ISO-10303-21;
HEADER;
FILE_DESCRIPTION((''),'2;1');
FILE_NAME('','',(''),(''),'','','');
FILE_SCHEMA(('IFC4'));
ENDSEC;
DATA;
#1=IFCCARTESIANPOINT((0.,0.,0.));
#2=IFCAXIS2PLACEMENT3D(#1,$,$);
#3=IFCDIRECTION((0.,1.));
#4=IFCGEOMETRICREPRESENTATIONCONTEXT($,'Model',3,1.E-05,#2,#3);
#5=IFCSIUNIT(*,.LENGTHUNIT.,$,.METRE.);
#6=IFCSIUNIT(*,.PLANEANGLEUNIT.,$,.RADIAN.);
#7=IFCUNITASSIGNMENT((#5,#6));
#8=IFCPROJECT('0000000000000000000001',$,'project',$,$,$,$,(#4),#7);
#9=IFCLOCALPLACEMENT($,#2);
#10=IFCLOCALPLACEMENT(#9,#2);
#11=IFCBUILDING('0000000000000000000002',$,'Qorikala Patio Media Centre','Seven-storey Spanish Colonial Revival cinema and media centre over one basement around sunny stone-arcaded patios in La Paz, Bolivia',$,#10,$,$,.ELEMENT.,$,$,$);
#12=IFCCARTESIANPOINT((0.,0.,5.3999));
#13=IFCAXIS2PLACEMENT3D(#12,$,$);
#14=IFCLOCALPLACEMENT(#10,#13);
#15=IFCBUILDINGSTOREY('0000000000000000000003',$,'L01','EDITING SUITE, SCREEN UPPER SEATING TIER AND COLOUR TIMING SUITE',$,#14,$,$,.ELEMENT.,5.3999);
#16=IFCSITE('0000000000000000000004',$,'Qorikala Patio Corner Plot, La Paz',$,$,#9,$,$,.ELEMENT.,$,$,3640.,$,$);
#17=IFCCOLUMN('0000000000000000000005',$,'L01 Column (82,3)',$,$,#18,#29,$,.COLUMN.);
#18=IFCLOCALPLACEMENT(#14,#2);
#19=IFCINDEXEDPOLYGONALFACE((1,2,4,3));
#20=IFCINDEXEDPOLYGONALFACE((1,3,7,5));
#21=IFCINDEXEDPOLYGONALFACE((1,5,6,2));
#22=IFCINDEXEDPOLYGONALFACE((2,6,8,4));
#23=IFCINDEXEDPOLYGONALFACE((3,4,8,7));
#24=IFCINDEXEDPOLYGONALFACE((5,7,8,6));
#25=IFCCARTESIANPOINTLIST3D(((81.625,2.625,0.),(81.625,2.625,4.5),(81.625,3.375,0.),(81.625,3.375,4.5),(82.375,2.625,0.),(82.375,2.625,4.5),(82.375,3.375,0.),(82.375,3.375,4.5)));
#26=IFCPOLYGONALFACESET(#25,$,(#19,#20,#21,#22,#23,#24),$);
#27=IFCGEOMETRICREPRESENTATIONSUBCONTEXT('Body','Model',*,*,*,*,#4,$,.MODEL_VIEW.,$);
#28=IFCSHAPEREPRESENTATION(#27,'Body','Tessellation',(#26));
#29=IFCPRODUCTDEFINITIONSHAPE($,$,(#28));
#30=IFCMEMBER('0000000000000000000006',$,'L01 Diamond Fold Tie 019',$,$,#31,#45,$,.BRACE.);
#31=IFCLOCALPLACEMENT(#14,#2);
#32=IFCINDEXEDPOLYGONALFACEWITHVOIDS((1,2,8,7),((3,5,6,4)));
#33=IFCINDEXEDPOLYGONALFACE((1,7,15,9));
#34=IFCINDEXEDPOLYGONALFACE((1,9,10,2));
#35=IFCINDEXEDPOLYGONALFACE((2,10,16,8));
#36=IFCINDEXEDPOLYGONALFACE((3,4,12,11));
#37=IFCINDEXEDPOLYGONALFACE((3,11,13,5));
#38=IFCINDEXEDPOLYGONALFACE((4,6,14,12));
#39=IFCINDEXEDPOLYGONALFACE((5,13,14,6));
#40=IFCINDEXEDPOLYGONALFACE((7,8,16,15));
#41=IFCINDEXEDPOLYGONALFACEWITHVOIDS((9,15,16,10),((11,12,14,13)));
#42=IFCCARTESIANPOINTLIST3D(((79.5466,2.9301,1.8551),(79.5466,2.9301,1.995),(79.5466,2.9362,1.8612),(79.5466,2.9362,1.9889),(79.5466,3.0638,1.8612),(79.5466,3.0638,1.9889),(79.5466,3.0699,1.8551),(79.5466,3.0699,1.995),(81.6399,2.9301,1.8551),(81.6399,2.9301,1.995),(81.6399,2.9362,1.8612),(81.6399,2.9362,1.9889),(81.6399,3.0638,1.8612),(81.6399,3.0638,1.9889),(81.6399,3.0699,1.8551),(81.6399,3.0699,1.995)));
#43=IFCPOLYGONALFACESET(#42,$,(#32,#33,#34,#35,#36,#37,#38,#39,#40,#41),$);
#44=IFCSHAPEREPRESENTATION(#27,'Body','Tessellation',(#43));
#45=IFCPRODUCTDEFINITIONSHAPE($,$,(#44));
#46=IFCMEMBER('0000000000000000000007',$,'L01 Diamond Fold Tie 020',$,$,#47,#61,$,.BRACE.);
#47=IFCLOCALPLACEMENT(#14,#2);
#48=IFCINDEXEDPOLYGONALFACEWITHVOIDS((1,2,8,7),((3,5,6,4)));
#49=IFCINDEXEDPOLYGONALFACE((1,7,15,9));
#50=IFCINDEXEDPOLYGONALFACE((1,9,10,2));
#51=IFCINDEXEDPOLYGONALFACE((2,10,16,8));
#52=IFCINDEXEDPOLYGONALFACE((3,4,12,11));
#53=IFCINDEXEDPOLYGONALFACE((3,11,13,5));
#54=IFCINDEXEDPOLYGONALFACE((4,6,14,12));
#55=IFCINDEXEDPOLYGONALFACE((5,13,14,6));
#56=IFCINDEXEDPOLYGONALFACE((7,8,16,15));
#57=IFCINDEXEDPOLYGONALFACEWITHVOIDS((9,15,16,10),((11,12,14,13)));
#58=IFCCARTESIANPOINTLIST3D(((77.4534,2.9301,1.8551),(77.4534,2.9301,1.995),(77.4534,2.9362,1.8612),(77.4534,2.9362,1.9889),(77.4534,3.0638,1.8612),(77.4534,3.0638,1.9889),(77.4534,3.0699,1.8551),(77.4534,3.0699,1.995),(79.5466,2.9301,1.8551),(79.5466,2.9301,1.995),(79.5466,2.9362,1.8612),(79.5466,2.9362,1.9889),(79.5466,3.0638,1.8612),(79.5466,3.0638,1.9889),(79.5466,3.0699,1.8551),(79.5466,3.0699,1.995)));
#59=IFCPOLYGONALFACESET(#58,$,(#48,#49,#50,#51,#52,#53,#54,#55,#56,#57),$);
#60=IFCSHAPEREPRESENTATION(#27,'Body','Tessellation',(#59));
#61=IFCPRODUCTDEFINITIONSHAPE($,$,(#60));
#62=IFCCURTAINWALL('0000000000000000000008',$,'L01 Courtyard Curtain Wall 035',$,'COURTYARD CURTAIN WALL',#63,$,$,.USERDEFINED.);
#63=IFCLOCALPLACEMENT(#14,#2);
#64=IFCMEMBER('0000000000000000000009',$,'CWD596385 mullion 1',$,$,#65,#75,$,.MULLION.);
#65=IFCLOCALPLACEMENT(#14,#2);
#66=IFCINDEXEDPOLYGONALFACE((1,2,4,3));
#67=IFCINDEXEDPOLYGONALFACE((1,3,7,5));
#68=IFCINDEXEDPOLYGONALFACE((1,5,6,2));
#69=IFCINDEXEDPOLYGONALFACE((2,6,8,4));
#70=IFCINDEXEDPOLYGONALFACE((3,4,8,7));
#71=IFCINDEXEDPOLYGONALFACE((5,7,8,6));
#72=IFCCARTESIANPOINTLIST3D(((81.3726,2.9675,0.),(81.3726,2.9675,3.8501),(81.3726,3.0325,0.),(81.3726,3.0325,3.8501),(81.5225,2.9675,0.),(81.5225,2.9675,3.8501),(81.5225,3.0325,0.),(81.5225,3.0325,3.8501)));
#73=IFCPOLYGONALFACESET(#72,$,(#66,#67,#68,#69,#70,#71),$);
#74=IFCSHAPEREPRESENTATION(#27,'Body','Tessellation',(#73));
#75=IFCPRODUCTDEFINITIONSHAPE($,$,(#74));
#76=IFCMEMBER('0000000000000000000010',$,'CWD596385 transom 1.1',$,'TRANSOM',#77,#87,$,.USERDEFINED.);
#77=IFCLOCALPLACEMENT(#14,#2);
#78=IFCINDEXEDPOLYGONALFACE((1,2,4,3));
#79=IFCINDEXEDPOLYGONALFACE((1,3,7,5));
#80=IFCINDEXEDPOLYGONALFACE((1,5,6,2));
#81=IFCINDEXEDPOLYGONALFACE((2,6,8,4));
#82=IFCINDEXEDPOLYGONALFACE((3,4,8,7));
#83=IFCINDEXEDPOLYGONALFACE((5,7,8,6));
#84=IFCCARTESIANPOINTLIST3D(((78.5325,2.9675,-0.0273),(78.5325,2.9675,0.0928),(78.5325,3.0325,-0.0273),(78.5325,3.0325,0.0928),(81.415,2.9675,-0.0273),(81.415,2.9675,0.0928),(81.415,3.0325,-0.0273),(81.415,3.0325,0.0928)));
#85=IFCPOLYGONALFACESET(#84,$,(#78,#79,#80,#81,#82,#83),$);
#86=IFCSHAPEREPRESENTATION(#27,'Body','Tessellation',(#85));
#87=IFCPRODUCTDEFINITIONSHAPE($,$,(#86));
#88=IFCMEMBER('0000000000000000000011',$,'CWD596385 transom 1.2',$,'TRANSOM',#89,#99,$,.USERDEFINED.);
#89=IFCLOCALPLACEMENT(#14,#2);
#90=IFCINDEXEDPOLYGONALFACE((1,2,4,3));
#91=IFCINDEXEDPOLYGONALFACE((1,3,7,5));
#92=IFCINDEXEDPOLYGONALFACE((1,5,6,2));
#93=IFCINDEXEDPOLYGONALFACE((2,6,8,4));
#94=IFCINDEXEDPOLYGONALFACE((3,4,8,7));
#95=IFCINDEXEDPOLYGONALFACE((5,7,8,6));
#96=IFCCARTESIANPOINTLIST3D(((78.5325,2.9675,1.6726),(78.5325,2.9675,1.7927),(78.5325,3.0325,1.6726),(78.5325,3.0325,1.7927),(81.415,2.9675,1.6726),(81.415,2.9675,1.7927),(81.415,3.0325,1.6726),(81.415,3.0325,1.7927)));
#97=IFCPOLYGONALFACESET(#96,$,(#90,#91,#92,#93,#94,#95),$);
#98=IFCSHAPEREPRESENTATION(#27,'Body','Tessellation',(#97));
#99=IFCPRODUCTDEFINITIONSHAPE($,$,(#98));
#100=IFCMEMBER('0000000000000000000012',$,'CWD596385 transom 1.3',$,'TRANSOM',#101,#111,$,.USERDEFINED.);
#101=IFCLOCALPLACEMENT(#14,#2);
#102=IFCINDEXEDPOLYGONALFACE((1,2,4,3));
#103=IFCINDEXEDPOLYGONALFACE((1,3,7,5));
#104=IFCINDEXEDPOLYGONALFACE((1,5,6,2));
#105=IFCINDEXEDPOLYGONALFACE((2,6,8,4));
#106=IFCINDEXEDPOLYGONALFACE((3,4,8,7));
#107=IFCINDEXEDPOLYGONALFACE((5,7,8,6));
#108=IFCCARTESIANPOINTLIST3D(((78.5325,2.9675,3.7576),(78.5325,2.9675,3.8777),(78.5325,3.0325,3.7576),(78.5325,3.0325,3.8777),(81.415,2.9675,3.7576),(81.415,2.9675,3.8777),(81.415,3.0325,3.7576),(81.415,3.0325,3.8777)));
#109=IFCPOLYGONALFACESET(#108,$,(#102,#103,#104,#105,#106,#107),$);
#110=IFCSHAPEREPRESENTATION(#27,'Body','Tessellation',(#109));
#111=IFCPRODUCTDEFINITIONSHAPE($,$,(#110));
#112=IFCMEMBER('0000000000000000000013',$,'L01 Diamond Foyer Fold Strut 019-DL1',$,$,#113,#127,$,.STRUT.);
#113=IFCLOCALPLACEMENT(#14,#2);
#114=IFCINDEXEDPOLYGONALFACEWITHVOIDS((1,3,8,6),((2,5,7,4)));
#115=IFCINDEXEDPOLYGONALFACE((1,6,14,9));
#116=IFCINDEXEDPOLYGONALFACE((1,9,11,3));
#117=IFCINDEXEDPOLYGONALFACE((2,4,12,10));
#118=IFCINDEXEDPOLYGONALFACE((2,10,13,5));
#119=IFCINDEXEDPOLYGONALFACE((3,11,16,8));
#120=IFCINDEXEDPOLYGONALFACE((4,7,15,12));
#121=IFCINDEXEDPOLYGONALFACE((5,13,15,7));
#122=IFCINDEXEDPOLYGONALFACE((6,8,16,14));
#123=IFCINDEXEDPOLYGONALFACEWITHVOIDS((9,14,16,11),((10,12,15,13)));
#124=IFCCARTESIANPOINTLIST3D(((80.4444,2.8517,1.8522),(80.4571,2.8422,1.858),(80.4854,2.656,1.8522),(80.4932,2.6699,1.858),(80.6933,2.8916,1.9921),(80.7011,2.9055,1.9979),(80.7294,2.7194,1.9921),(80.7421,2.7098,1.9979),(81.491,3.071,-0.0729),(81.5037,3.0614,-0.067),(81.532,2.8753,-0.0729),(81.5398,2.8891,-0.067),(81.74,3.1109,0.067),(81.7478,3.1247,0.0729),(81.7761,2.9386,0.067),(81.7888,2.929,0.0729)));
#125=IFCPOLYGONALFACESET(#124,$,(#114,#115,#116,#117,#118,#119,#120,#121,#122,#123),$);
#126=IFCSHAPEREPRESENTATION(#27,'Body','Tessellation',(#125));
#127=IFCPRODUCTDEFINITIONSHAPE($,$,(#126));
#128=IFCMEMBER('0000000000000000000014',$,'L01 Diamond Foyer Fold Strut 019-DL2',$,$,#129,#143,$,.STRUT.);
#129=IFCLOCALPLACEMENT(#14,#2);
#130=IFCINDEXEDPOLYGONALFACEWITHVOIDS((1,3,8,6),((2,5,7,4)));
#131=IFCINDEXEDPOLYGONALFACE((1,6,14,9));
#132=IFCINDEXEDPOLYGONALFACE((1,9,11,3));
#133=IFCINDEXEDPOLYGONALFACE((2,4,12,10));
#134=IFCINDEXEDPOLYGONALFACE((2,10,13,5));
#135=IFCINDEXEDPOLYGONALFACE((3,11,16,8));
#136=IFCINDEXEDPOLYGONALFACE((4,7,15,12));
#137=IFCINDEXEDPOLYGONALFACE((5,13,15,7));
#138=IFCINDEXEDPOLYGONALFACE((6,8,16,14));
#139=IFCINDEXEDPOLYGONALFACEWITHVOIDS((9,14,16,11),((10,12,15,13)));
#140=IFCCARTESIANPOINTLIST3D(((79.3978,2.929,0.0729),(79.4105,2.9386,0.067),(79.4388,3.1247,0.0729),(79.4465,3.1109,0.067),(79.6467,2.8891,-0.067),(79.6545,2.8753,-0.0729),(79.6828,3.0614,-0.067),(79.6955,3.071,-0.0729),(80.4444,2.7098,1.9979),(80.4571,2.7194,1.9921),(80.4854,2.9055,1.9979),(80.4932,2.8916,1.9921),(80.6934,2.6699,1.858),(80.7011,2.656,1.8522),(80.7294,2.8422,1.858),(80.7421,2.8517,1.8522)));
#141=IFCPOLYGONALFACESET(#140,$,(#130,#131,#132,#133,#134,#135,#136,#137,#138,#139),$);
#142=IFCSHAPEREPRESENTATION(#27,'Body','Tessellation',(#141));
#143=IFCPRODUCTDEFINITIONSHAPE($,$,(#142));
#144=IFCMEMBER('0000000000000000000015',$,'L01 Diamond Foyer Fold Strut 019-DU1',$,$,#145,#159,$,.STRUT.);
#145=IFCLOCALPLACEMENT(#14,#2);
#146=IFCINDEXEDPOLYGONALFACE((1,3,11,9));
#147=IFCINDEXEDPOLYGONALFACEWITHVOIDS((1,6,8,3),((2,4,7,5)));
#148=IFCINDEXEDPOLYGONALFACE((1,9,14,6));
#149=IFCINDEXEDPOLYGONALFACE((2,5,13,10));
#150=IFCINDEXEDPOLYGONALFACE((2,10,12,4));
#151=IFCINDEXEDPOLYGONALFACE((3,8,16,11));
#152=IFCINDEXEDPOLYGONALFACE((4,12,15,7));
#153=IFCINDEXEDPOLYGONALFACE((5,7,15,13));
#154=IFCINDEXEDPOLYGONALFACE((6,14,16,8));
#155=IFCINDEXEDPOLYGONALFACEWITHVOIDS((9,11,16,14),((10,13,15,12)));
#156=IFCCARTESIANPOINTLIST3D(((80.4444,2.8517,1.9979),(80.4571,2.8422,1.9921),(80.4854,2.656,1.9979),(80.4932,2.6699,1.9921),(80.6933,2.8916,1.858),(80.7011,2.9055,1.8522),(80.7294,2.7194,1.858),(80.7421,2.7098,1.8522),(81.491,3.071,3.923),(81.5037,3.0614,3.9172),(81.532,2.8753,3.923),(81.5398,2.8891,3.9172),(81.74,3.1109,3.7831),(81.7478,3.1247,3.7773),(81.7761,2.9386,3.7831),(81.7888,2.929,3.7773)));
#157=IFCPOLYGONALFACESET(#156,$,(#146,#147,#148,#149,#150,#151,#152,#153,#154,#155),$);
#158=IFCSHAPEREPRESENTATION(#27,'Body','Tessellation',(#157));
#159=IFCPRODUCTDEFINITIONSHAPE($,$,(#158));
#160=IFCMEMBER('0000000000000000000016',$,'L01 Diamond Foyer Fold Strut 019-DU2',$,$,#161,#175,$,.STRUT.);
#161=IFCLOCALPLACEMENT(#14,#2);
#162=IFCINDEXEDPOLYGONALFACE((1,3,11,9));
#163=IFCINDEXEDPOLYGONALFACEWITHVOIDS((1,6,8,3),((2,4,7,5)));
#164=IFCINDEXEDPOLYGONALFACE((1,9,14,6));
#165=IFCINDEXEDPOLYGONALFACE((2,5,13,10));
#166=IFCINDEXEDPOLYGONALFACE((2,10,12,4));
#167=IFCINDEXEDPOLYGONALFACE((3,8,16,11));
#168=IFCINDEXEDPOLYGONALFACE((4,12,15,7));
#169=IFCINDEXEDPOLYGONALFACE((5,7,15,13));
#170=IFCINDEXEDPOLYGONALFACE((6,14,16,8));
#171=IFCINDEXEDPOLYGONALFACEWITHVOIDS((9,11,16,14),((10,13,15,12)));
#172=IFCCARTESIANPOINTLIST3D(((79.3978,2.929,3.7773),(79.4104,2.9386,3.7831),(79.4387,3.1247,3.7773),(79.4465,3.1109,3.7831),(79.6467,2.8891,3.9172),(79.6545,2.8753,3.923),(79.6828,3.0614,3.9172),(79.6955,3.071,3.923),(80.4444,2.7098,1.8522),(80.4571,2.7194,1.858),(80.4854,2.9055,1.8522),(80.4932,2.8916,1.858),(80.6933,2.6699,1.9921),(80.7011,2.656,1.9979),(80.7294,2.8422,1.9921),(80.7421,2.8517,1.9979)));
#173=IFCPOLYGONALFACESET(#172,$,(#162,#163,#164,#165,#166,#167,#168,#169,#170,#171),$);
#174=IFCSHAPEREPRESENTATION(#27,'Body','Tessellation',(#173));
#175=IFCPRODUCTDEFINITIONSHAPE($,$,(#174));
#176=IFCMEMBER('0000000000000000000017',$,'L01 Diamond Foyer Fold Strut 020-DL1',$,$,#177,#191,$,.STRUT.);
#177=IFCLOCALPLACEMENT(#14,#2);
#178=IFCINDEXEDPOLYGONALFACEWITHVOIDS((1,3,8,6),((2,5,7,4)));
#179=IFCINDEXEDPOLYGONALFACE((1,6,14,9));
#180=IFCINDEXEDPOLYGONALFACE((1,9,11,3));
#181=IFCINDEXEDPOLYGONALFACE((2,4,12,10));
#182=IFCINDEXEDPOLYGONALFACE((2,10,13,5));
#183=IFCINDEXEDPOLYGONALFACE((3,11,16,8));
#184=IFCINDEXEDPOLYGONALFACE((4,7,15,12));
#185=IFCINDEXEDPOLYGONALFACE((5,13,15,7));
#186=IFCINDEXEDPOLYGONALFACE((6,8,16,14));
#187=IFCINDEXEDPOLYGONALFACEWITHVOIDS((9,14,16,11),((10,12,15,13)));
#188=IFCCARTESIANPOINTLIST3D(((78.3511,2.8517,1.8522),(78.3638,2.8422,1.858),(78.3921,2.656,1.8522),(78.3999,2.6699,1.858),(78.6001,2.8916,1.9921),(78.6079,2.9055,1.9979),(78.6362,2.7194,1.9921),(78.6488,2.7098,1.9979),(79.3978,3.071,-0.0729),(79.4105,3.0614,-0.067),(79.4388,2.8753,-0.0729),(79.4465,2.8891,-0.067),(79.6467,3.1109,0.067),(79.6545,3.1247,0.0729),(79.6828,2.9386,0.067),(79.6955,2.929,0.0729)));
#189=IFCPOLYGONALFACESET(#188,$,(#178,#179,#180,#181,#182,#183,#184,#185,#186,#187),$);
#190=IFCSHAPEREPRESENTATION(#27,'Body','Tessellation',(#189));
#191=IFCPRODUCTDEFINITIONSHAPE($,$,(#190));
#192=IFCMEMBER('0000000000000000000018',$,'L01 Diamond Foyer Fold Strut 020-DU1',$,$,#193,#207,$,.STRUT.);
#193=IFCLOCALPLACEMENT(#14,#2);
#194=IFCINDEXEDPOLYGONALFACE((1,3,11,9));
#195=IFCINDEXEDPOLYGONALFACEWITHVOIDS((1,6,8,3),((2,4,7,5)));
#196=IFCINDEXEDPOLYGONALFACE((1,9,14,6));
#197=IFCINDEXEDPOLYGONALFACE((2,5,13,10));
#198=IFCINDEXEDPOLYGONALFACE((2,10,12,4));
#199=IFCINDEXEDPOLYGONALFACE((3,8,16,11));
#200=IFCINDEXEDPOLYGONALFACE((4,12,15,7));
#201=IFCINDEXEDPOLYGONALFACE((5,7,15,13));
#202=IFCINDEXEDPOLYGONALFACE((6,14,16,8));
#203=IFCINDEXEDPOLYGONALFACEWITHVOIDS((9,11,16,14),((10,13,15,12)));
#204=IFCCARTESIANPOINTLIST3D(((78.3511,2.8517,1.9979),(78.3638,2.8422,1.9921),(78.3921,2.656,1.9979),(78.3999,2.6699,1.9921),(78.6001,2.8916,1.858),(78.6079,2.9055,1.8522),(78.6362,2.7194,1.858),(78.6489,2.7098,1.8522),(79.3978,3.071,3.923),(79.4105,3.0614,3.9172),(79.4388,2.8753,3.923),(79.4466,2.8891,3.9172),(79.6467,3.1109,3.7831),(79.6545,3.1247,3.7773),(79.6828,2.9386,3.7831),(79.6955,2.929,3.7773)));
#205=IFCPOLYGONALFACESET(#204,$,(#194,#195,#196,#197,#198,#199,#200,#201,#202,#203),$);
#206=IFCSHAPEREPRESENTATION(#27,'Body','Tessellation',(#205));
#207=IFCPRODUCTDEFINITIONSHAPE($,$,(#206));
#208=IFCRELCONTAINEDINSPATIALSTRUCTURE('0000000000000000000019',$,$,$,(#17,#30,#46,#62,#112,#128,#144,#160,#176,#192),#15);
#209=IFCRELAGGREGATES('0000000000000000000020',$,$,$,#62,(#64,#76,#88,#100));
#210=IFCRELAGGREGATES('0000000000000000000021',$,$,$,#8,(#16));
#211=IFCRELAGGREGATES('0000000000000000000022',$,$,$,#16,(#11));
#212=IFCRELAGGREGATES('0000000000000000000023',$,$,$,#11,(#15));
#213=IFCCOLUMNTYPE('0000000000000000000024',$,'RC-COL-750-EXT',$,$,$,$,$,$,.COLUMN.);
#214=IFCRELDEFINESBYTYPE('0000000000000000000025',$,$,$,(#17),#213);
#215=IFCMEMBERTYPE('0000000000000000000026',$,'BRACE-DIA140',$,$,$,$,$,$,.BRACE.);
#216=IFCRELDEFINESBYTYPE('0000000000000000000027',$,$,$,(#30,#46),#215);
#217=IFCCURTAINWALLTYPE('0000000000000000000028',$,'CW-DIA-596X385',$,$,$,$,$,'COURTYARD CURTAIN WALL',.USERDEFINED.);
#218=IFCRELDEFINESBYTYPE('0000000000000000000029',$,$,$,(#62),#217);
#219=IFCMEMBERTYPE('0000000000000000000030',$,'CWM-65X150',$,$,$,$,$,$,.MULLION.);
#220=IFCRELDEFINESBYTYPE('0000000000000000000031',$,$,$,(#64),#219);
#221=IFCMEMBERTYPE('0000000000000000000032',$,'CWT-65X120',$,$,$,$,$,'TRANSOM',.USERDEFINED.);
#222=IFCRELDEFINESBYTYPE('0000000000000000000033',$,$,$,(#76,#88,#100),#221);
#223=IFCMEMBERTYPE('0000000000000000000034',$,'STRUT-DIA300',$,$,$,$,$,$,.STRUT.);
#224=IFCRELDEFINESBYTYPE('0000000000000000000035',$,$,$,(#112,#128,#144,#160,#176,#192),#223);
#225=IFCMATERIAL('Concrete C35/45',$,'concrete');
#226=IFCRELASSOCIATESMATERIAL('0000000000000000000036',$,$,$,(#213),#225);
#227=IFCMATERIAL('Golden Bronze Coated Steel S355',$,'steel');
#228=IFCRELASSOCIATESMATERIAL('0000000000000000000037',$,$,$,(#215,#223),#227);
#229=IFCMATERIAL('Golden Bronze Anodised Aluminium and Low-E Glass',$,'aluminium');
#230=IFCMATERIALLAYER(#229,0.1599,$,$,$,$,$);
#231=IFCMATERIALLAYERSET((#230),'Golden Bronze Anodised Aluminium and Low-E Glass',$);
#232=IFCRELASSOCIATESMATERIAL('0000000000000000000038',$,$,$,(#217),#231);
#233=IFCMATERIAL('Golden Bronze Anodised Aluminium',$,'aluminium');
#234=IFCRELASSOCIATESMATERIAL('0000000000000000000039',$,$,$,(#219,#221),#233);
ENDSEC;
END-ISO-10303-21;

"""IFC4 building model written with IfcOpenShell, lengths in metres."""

from ifc_helpers import new_model, si_unit, direction, frame, origin, origin_2d, place, context, subcontext, project, spatial, rectangle, hollow_rectangle, extrude, material, layer, layer_set, material_profile, profile_set, type_object, element, aggregate, save


model = new_model("IFC4")

# Units and contexts
model_context = context("Model", 3, precision=1e-05, world=origin(), true_north=direction((0.0, 1.0)))
body_context = subcontext(model_context, "Body", "Model", "MODEL_VIEW")
ifc_project = project(units=[si_unit("LENGTHUNIT", "METRE"), si_unit("PLANEANGLEUNIT", "RADIAN")], contexts=[model_context])

# Site, building, storey
site_placement = place(None, origin())
site = spatial("IfcSite", under=ifc_project, at=site_placement, Name="Qorikala Patio Corner Plot, La Paz", CompositionType="ELEMENT", RefElevation=3640.0)
building_placement = place(site_placement, origin())
building = spatial("IfcBuilding", under=site, at=building_placement, Name="Qorikala Patio Media Centre", Description="Seven-storey Spanish Colonial Revival cinema and media centre over one basement around sunny stone-arcaded patios in La Paz, Bolivia", CompositionType="ELEMENT")
storey_placement = place(building_placement, frame((0.0, 0.0, 5.3999)))
storey = spatial("IfcBuildingStorey", under=building, at=storey_placement, Name="L01", Description="EDITING SUITE, SCREEN UPPER SEATING TIER AND COLOUR TIMING SUITE", CompositionType="ELEMENT", Elevation=5.3999)

# Column
ifc_material_1 = material(Name="Concrete C35/45", Category="concrete")
ifc_material_profile_1 = material_profile(ifc_material_1, rectangle(XDim=0.75, YDim=0.75, at=origin_2d()), Name="RC 750x750")
ifc_profile_set_1 = profile_set([ifc_material_profile_1], Name="Concrete C35/45")
column_type = type_object("IfcColumnType", Name="RC-COL-750-EXT", PredefinedType="COLUMN", material=ifc_profile_set_1)
column_placement = place(storey_placement, frame((82.0, 3.0, 0.0), z_axis=(0.0, 0.0, 1.0), x_axis=(1.0, 0.0, 0.0)))
element("IfcColumn", 1, at=column_placement, inside=storey, type_object=column_type, Name="L01 Column (82,3)", PredefinedType="COLUMN", context=body_context, shape_type="SweptSolid", body=[
    extrude(rectangle(XDim=0.75, YDim=0.75, at=origin_2d()), origin(), (0.0, 0.0, 1.0), 4.5),
])

# Members
ifc_material_2 = material(Name="Golden Bronze Coated Steel S355", Category="steel")
ifc_material_profile_2 = material_profile(ifc_material_2, hollow_rectangle(XDim=0.1399, YDim=0.1399, WallThickness=0.0061, at=origin_2d()), Name="HSS140X140X6")
ifc_profile_set_2 = profile_set([ifc_material_profile_2], Name="Golden Bronze Coated Steel S355")
member_type_1 = type_object("IfcMemberType", Name="BRACE-DIA140", PredefinedType="BRACE", material=ifc_profile_set_2)
for number, where, z_axis, x_axis, name in (
    (2, (81.6399, 3.0, 1.925), (-1.0, 0.0, 0.0), (0.0, -1.0, 0.0), "L01 Diamond Fold Tie 019"),
    (3, (79.5466, 3.0, 1.925), (-1.0, 0.0, 0.0), (0.0, -1.0, 0.0), "L01 Diamond Fold Tie 020"),
):
    element("IfcMember", number, at=place(storey_placement, frame(where, z_axis=z_axis, x_axis=x_axis)), inside=storey, type_object=member_type_1, Name=name, PredefinedType="BRACE", context=body_context, shape_type="SweptSolid", body=[
        extrude(hollow_rectangle(XDim=0.1399, YDim=0.1399, WallThickness=0.0061, at=origin_2d()), origin(), (0.0, 0.0, 1.0), 2.0933),
    ])

# Curtain wall, members
ifc_material_3 = material(Name="Golden Bronze Anodised Aluminium and Low-E Glass", Category="aluminium")
ifc_layer_1 = layer(ifc_material_3, 0.1599)
ifc_layer_set_1 = layer_set([ifc_layer_1], Name="Golden Bronze Anodised Aluminium and Low-E Glass")
curtain_wall_type = type_object("IfcCurtainWallType", Name="CW-DIA-596X385", ElementType="COURTYARD CURTAIN WALL", PredefinedType="USERDEFINED", material=ifc_layer_set_1)
curtain_wall_placement = place(storey_placement, origin())
curtain_wall = element("IfcCurtainWall", 4, at=curtain_wall_placement, inside=storey, type_object=curtain_wall_type, Name="L01 Courtyard Curtain Wall 035", ObjectType="COURTYARD CURTAIN WALL", PredefinedType="USERDEFINED")
ifc_material_4 = material(Name="Golden Bronze Anodised Aluminium", Category="aluminium")
ifc_material_profile_3 = material_profile(ifc_material_4, rectangle(XDim=0.0649, YDim=0.1499, at=origin_2d()), Name="ALU MULLION 65x150")
ifc_profile_set_3 = profile_set([ifc_material_profile_3], Name="Golden Bronze Anodised Aluminium")
member_type_2 = type_object("IfcMemberType", Name="CWM-65X150", PredefinedType="MULLION", material=ifc_profile_set_3)
member_1_placement = place(storey_placement, frame((81.4475, 3.0, 0.0), z_axis=(0.0, 0.0, 1.0), x_axis=(0.0, -1.0, 0.0)))
member_1 = element("IfcMember", 5, at=member_1_placement, type_object=member_type_2, Name="CWD596385 mullion 1", PredefinedType="MULLION", context=body_context, shape_type="SweptSolid", body=[
    extrude(rectangle(XDim=0.0649, YDim=0.1499, at=origin_2d()), origin(), (0.0, 0.0, 1.0), 3.8501),
])
ifc_material_profile_4 = material_profile(ifc_material_4, rectangle(XDim=0.0649, YDim=0.1201, at=origin_2d()), Name="ALU TRANSOM 65x120")
ifc_profile_set_4 = profile_set([ifc_material_profile_4], Name="Golden Bronze Anodised Aluminium")
member_type_3 = type_object("IfcMemberType", Name="CWT-65X120", ElementType="TRANSOM", PredefinedType="USERDEFINED", material=ifc_profile_set_4)
member_2_placement = place(storey_placement, frame((81.415, 3.0, 0.0327), z_axis=(-1.0, 0.0, 0.0), x_axis=(0.0, -1.0, 0.0)))
member_2 = element("IfcMember", 6, at=member_2_placement, type_object=member_type_3, Name="CWD596385 transom 1.1", ObjectType="TRANSOM", PredefinedType="USERDEFINED", context=body_context, shape_type="SweptSolid", body=[
    extrude(rectangle(XDim=0.0649, YDim=0.1201, at=origin_2d()), origin(), (0.0, 0.0, 1.0), 2.8826),
])
member_3_placement = place(storey_placement, frame((81.415, 3.0, 1.7327), z_axis=(-1.0, 0.0, 0.0), x_axis=(0.0, -1.0, 0.0)))
member_3 = element("IfcMember", 7, at=member_3_placement, type_object=member_type_3, Name="CWD596385 transom 1.2", ObjectType="TRANSOM", PredefinedType="USERDEFINED", context=body_context, shape_type="SweptSolid", body=[
    extrude(rectangle(XDim=0.0649, YDim=0.1201, at=origin_2d()), origin(), (0.0, 0.0, 1.0), 2.8826),
])
member_4_placement = place(storey_placement, frame((81.415, 3.0, 3.8176), z_axis=(-1.0, 0.0, 0.0), x_axis=(0.0, -1.0, 0.0)))
member_4 = element("IfcMember", 8, at=member_4_placement, type_object=member_type_3, Name="CWD596385 transom 1.3", ObjectType="TRANSOM", PredefinedType="USERDEFINED", context=body_context, shape_type="SweptSolid", body=[
    extrude(rectangle(XDim=0.0649, YDim=0.1201, at=origin_2d()), origin(), (0.0, 0.0, 1.0), 2.8826),
])

# Members
ifc_material_profile_5 = material_profile(ifc_material_2, hollow_rectangle(XDim=0.2, YDim=0.3, WallThickness=0.012, at=origin_2d()), Name="HSS300X200X12")
ifc_profile_set_5 = profile_set([ifc_material_profile_5], Name="Golden Bronze Coated Steel S355")
member_type_4 = type_object("IfcMemberType", Name="STRUT-DIA300", PredefinedType="STRUT", material=ifc_profile_set_5)
for number, where, z_axis, x_axis, name in (
    (9, (81.6399, 3.0, 0.0), (-0.475284, -0.099558, 0.874181), (0.205021, -0.978758, 0.0), "L01 Diamond Foyer Fold Strut 019-DL1"),
    (10, (79.5466, 3.0, 0.0), (0.475284, -0.099558, 0.874181), (0.205021, 0.978758, 0.0), "L01 Diamond Foyer Fold Strut 019-DL2"),
    (11, (80.5933, 2.7808, 1.925), (0.475284, 0.099558, 0.874181), (-0.205021, 0.978758, 0.0), "L01 Diamond Foyer Fold Strut 019-DU1"),
    (12, (80.5933, 2.7808, 1.925), (-0.475284, 0.099558, 0.874181), (-0.205021, -0.978758, 0.0), "L01 Diamond Foyer Fold Strut 019-DU2"),
    (13, (79.5466, 3.0, 0.0), (-0.475284, -0.099558, 0.874181), (0.205021, -0.978758, 0.0), "L01 Diamond Foyer Fold Strut 020-DL1"),
    (14, (78.5, 2.7808, 1.925), (0.475284, 0.099558, 0.874181), (-0.205021, 0.978758, 0.0), "L01 Diamond Foyer Fold Strut 020-DU1"),
):
    element("IfcMember", number, at=place(storey_placement, frame(where, z_axis=z_axis, x_axis=x_axis)), inside=storey, type_object=member_type_4, Name=name, PredefinedType="STRUT", context=body_context, shape_type="SweptSolid", body=[
        extrude(hollow_rectangle(XDim=0.2, YDim=0.3, WallThickness=0.012, at=origin_2d()), origin(), (0.0, 0.0, 1.0), 2.2021),
    ])

aggregate(curtain_wall, [member_1, member_2, member_3, member_4])

save(model, "model.ifc")
